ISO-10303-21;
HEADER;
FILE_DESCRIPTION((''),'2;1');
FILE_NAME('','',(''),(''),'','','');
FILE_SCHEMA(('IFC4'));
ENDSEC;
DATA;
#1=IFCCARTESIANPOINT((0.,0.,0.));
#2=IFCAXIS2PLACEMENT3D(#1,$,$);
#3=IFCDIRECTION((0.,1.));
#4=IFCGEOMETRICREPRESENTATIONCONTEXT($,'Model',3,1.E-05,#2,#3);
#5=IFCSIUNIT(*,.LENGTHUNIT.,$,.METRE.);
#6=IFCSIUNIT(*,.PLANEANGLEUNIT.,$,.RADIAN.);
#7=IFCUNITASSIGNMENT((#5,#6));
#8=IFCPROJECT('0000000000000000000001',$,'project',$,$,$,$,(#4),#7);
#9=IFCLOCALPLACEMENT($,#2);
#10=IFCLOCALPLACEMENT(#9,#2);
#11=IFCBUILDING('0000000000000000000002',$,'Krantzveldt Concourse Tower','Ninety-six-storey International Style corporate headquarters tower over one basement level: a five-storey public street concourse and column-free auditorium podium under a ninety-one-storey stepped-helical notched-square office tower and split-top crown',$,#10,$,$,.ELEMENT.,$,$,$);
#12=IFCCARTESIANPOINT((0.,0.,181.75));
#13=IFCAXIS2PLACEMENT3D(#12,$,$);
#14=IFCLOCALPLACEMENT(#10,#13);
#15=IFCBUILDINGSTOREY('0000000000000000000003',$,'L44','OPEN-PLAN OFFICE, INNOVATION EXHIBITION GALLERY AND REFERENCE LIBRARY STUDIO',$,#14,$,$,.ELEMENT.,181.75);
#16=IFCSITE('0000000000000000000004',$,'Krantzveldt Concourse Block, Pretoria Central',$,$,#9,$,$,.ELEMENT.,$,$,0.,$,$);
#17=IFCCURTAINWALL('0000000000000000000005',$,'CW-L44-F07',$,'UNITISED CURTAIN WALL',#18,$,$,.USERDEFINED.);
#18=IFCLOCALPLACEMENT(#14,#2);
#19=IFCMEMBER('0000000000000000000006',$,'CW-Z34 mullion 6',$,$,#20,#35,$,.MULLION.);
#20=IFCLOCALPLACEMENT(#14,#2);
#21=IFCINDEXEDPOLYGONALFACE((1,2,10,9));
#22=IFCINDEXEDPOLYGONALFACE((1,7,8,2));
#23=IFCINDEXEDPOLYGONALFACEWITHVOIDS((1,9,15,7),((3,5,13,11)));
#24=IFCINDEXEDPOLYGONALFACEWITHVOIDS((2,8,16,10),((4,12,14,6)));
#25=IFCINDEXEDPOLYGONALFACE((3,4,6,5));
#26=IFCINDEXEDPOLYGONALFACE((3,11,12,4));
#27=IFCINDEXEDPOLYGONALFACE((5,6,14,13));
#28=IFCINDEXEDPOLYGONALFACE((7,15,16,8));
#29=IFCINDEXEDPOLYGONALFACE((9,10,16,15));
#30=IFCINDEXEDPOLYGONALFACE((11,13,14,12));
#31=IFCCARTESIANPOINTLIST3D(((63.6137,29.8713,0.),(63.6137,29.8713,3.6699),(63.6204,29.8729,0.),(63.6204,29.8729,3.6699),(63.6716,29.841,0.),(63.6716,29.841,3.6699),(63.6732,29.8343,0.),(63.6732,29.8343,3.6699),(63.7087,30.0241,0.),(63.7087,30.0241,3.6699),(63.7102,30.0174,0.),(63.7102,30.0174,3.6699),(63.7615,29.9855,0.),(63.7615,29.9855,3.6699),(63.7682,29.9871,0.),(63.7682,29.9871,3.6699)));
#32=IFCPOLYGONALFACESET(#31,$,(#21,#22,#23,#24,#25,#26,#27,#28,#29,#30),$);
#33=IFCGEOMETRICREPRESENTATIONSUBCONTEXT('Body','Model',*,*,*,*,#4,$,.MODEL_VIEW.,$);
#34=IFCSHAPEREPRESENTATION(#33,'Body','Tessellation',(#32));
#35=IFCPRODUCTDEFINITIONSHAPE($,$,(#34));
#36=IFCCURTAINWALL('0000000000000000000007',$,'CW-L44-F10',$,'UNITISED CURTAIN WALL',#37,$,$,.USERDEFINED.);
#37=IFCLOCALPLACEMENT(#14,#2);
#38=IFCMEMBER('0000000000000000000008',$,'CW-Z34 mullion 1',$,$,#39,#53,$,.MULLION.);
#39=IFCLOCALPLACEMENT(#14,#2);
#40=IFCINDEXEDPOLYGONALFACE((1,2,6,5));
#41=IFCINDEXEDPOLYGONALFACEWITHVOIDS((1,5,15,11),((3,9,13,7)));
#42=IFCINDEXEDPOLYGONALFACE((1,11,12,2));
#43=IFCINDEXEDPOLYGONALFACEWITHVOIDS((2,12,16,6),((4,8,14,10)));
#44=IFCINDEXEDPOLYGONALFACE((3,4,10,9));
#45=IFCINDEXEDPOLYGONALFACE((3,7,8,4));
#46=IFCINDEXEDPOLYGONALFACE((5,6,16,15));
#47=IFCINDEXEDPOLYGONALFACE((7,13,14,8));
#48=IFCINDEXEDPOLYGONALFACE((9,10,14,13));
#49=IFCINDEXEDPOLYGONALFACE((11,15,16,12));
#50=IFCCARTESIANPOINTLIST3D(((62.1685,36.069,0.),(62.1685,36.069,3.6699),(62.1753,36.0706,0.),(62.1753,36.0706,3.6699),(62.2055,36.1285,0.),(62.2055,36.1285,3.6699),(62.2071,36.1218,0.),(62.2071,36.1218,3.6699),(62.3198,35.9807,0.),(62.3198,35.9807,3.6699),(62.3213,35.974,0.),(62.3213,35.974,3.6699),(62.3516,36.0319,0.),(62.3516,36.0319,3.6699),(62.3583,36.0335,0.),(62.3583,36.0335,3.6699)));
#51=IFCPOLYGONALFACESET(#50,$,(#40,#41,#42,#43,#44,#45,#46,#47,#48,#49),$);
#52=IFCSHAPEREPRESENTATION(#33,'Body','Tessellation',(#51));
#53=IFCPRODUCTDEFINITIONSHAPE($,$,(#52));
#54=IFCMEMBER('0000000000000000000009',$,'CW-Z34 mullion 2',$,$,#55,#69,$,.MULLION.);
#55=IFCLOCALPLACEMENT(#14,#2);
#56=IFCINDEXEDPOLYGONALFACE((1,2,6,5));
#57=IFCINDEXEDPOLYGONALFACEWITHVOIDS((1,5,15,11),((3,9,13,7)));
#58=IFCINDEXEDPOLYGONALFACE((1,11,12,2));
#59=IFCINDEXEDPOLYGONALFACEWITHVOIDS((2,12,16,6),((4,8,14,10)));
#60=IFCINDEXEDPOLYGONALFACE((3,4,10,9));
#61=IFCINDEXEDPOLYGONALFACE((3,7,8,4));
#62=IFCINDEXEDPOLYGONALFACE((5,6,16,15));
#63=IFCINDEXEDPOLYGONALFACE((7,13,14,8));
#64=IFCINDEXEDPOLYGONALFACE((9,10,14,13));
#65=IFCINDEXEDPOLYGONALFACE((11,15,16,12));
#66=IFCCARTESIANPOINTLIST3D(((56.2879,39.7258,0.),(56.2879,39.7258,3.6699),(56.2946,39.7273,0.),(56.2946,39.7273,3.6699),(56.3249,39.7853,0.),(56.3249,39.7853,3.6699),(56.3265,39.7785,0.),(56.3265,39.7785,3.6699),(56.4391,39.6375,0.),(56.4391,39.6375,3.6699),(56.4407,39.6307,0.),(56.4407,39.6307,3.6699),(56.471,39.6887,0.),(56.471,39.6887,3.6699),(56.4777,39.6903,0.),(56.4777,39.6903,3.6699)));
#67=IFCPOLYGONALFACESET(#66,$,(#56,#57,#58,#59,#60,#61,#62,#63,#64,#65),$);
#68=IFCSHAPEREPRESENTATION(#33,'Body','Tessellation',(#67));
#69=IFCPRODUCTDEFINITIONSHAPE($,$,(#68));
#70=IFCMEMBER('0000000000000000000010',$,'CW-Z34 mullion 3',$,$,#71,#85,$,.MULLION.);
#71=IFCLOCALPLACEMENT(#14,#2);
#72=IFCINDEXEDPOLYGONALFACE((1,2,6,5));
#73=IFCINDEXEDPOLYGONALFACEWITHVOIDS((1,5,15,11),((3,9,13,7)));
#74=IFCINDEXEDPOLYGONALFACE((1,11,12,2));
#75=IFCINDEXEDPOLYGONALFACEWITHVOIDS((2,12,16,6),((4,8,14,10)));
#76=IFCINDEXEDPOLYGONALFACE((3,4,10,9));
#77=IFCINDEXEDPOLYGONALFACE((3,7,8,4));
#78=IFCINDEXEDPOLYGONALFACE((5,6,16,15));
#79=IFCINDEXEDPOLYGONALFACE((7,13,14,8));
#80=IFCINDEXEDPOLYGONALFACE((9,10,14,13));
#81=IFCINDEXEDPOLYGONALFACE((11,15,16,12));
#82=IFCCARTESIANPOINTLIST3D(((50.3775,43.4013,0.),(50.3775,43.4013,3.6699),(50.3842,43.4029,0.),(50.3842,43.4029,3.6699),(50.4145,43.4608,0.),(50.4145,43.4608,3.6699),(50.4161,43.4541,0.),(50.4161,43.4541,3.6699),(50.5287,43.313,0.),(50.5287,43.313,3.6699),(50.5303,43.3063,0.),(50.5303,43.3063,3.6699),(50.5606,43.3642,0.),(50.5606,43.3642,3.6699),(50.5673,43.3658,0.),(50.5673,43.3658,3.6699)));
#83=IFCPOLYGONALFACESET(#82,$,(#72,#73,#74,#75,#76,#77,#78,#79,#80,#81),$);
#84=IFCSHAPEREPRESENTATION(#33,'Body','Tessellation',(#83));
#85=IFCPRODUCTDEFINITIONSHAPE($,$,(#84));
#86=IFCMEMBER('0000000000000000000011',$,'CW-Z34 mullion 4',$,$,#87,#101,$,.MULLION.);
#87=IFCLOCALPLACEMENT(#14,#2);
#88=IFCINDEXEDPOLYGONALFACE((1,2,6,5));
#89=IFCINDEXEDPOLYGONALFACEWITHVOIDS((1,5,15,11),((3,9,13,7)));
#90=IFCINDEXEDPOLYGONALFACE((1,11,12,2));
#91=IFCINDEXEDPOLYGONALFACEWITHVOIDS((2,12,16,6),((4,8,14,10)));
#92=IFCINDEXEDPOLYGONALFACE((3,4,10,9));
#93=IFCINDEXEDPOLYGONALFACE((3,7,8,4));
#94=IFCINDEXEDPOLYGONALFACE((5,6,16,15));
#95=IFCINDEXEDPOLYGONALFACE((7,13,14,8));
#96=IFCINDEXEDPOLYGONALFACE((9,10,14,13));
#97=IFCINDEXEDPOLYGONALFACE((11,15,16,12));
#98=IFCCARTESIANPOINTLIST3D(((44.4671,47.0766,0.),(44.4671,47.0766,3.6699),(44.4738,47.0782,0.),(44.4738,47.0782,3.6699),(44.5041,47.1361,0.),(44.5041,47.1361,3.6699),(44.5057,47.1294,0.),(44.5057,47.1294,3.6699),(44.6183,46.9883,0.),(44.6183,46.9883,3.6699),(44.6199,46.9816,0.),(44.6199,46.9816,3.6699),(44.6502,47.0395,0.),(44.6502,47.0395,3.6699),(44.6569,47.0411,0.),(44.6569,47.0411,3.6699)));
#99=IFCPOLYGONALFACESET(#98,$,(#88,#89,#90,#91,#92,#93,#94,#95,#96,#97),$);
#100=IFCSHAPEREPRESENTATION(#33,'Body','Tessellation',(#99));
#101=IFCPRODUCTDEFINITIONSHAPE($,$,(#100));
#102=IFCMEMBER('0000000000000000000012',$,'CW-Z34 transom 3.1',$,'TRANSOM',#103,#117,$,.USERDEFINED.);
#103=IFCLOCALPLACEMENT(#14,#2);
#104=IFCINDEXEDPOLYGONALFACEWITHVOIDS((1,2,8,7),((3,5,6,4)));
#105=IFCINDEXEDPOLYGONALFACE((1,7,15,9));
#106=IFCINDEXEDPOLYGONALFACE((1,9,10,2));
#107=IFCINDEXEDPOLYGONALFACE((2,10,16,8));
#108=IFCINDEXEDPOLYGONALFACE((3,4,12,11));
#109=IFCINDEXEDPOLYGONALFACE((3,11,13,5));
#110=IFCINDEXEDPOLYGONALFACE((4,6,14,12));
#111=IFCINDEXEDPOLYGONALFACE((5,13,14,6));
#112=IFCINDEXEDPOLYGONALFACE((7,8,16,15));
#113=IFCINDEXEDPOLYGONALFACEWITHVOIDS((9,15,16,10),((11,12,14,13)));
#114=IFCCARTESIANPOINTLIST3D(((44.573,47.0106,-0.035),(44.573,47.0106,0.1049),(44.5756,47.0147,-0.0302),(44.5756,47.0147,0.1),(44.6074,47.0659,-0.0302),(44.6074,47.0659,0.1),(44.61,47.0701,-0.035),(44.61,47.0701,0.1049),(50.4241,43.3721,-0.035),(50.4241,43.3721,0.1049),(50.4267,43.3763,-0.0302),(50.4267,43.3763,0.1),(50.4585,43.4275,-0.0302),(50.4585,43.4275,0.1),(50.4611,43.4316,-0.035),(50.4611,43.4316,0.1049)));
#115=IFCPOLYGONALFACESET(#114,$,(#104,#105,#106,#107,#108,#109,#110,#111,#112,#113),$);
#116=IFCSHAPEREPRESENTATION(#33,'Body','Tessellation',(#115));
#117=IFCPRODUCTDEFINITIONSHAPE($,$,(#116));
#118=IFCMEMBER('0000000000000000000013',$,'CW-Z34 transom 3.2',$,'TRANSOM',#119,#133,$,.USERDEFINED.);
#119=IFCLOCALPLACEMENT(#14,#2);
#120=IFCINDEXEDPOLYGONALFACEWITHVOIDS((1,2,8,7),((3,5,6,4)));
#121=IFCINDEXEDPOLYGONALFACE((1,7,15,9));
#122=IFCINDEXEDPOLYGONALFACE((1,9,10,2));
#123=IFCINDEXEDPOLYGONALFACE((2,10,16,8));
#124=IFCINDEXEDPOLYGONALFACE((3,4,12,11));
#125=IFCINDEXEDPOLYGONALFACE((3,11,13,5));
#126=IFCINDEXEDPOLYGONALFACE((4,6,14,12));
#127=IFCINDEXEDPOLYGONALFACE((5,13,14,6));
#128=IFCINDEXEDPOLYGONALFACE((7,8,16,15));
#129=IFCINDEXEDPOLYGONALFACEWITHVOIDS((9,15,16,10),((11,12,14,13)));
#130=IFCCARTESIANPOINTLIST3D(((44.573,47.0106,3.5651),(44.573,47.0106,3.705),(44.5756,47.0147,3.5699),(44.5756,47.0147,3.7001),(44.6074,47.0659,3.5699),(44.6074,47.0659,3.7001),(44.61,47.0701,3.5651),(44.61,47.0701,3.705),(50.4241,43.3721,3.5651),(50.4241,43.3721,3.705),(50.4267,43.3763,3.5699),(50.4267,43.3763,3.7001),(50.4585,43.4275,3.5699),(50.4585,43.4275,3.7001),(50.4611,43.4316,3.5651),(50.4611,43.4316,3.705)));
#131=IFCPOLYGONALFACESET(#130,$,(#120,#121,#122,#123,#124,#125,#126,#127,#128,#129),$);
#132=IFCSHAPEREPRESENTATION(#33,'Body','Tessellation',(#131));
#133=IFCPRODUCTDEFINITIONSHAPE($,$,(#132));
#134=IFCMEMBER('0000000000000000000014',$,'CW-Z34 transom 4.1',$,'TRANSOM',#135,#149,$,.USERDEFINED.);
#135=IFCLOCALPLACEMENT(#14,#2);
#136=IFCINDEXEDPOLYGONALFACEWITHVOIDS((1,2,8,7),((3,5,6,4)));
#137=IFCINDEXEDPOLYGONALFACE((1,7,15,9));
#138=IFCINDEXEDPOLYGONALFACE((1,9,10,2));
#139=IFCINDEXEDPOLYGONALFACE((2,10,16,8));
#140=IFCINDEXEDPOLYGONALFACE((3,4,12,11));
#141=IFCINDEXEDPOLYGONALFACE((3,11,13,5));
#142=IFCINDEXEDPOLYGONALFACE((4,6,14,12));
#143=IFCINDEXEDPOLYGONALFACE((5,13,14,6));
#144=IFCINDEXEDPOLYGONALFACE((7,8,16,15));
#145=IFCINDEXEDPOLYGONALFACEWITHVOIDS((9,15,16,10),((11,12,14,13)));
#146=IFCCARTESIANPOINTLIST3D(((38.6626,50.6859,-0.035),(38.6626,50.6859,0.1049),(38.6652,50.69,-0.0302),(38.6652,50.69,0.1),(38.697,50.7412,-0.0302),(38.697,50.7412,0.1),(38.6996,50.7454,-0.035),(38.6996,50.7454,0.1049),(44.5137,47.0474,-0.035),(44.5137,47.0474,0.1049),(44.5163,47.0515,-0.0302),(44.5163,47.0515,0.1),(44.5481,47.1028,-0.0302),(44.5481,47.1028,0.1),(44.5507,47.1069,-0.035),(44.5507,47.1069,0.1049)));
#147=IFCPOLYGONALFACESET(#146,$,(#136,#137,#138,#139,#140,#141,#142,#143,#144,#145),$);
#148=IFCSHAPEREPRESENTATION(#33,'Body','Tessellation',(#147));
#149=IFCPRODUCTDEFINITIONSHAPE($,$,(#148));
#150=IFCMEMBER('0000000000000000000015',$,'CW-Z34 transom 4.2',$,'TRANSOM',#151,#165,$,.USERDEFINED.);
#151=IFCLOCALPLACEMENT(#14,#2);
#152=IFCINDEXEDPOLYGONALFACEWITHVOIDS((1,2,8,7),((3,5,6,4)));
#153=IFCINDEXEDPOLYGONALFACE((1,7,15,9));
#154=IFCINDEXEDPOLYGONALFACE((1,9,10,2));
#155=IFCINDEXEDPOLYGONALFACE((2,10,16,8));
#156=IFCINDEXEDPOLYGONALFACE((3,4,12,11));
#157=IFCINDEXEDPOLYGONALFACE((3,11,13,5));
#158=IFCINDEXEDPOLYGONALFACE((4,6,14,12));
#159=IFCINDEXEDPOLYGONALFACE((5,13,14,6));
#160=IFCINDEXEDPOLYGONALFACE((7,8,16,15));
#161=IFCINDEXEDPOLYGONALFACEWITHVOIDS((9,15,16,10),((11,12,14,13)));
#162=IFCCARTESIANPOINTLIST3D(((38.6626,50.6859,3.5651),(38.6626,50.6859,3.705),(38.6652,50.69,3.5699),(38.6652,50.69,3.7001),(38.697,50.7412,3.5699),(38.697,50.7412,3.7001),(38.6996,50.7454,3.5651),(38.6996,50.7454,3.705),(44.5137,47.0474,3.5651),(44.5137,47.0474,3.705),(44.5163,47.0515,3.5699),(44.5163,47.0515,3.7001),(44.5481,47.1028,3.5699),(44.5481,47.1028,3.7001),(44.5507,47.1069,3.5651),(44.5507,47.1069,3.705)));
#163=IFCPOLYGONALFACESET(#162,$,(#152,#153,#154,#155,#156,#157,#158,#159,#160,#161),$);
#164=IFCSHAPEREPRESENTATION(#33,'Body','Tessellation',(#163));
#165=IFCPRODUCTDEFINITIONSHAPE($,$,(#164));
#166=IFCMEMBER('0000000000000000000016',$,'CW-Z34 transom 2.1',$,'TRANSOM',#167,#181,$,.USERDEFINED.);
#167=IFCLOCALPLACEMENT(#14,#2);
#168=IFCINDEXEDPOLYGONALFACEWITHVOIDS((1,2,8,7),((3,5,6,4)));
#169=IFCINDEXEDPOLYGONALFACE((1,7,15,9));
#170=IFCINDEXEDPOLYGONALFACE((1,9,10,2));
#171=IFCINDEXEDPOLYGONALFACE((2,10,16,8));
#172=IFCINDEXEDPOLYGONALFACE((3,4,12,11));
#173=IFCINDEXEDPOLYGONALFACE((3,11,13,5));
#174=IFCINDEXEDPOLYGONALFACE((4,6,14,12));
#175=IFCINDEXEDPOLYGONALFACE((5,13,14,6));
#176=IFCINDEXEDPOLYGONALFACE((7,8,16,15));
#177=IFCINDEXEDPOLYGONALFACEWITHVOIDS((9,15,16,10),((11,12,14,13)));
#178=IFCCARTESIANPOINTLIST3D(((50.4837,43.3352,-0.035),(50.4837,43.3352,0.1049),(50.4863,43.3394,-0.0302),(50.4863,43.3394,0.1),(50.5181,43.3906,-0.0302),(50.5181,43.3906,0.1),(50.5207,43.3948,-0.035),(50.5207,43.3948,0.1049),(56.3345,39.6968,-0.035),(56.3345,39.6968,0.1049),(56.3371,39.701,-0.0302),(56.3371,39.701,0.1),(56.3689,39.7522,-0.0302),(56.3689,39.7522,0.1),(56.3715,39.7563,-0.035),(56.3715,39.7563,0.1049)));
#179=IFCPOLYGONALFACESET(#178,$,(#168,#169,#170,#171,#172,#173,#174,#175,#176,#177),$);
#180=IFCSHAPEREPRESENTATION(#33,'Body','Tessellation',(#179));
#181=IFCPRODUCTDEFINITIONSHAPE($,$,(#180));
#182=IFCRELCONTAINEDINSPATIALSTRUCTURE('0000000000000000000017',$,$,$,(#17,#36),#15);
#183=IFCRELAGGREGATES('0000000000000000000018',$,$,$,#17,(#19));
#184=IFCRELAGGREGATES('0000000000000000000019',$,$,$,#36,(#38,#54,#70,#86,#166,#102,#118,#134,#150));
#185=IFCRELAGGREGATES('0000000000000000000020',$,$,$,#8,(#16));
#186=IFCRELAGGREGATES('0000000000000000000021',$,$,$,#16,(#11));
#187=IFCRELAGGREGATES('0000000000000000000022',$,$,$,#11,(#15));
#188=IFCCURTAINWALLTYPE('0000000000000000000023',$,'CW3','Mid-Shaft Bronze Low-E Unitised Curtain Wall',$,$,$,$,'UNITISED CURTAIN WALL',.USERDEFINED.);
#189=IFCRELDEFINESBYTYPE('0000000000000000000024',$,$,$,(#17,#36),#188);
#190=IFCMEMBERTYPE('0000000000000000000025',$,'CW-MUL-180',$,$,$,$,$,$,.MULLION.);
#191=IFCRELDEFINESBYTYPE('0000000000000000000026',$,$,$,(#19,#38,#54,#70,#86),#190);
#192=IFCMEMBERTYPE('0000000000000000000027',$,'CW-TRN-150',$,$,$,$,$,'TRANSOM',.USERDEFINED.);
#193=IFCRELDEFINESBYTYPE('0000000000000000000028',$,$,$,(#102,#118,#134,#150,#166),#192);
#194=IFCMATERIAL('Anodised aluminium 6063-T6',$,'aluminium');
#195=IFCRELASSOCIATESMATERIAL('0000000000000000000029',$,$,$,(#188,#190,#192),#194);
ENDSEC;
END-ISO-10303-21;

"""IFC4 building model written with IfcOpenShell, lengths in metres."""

from ifc_helpers import new_model, si_unit, direction, frame, origin, origin_2d, place, context, subcontext, project, spatial, hollow_rectangle, extrude, source, transform, mapped, material, material_profile, profile_set, type_object, type_shapes, element, aggregate, save


model = new_model("IFC4")

# Units and contexts
model_context = context("Model", 3, precision=1e-05, world=origin(), true_north=direction((0.0, 1.0)))
body_context = subcontext(model_context, "Body", "Model", "MODEL_VIEW")
ifc_project = project(units=[si_unit("LENGTHUNIT", "METRE"), si_unit("PLANEANGLEUNIT", "RADIAN")], contexts=[model_context])

# Site, building, storey
site_placement = place(None, origin())
site = spatial("IfcSite", under=ifc_project, at=site_placement, Name="Krantzveldt Concourse Block, Pretoria Central", CompositionType="ELEMENT", RefElevation=0.0)
building_placement = place(site_placement, origin())
building = spatial("IfcBuilding", under=site, at=building_placement, Name="Krantzveldt Concourse Tower", Description="Ninety-six-storey International Style corporate headquarters tower over one basement level: a five-storey public street concourse and column-free auditorium podium under a ninety-one-storey stepped-helical notched-square office tower and split-top crown", CompositionType="ELEMENT")
storey_placement = place(building_placement, frame((0.0, 0.0, 181.75)))
storey = spatial("IfcBuildingStorey", under=building, at=storey_placement, Name="L44", Description="OPEN-PLAN OFFICE, INNOVATION EXHIBITION GALLERY AND REFERENCE LIBRARY STUDIO", CompositionType="ELEMENT", Elevation=181.75)

# Curtain wall, member
ifc_material_1 = material(Name="Anodised aluminium 6063-T6", Category="aluminium")
curtain_wall_type = type_object("IfcCurtainWallType", Name="CW3", Description="Mid-Shaft Bronze Low-E Unitised Curtain Wall", ElementType="UNITISED CURTAIN WALL", PredefinedType="USERDEFINED", material=ifc_material_1)
curtain_wall_1_placement = place(storey_placement, origin())
curtain_wall_1 = element("IfcCurtainWall", 1, at=curtain_wall_1_placement, inside=storey, type_object=curtain_wall_type, Name="CW-L44-F07", ObjectType="UNITISED CURTAIN WALL", PredefinedType="USERDEFINED")
ifc_material_profile_1 = material_profile(ifc_material_1, hollow_rectangle(XDim=0.0701, YDim=0.1799, WallThickness=0.0049, at=origin_2d()), Name="Anodised aluminium 6063-T6", Category="aluminium")
ifc_profile_set_1 = profile_set([ifc_material_profile_1], Name="Anodised aluminium 6063-T6 - ALU-MULL 180x70x5")
member_type_1 = type_object("IfcMemberType", Name="CW-MUL-180", PredefinedType="MULLION", material=ifc_profile_set_1)
shared_shape_1 = source(origin(), body_context, "Body", "SweptSolid", [
    extrude(hollow_rectangle(XDim=0.0701, YDim=0.1799, WallThickness=0.0049, at=origin_2d()), origin(), (0.0, 0.0, 1.0), 3.6699),
])
type_shapes(member_type_1, [shared_shape_1])
member_1_placement = place(storey_placement, frame((63.6909, 29.9292, 0.0), z_axis=(0.0, 0.0, 1.0), x_axis=(-0.849202, 0.528068, 0.0)))
member_1 = element("IfcMember", 2, at=member_1_placement, type_object=member_type_1, Name="CW-Z34 mullion 6", PredefinedType="MULLION", context=body_context, shape_type="MappedRepresentation", body=[
    mapped(shared_shape_1, transform((0.0, 0.0, 0.0), x_axis=(1.0, 0.0, 0.0), y_axis=(0.0, 1.0, 0.0), z_axis=(0.0, 0.0, 1.0), scale=1.0)),
])

# Curtain wall, members
curtain_wall_2_placement = place(storey_placement, origin())
curtain_wall_2 = element("IfcCurtainWall", 3, at=curtain_wall_2_placement, inside=storey, type_object=curtain_wall_type, Name="CW-L44-F10", ObjectType="UNITISED CURTAIN WALL", PredefinedType="USERDEFINED")
member_2_placement = place(storey_placement, frame((62.2634, 36.0513, 0.0), z_axis=(0.0, 0.0, 1.0), x_axis=(-0.528068, -0.849202, 0.0)))
member_2 = element("IfcMember", 4, at=member_2_placement, type_object=member_type_1, Name="CW-Z34 mullion 1", PredefinedType="MULLION", context=body_context, shape_type="MappedRepresentation", body=[
    mapped(shared_shape_1, transform((0.0, 0.0, 0.0), x_axis=(1.0, 0.0, 0.0), y_axis=(0.0, 1.0, 0.0), z_axis=(0.0, 0.0, 1.0), scale=1.0)),
])
member_3_placement = place(storey_placement, frame((56.3828, 39.708, 0.0), z_axis=(0.0, 0.0, 1.0), x_axis=(-0.528068, -0.849202, 0.0)))
member_3 = element("IfcMember", 5, at=member_3_placement, type_object=member_type_1, Name="CW-Z34 mullion 2", PredefinedType="MULLION", context=body_context, shape_type="MappedRepresentation", body=[
    mapped(shared_shape_1, transform((0.0, 0.0, 0.0), x_axis=(1.0, 0.0, 0.0), y_axis=(0.0, 1.0, 0.0), z_axis=(0.0, 0.0, 1.0), scale=1.0)),
])
member_4_placement = place(storey_placement, frame((50.4724, 43.3835, 0.0), z_axis=(0.0, 0.0, 1.0), x_axis=(-0.528068, -0.849202, 0.0)))
member_4 = element("IfcMember", 6, at=member_4_placement, type_object=member_type_1, Name="CW-Z34 mullion 3", PredefinedType="MULLION", context=body_context, shape_type="MappedRepresentation", body=[
    mapped(shared_shape_1, transform((0.0, 0.0, 0.0), x_axis=(1.0, 0.0, 0.0), y_axis=(0.0, 1.0, 0.0), z_axis=(0.0, 0.0, 1.0), scale=1.0)),
])
member_5_placement = place(storey_placement, frame((44.562, 47.0588, 0.0), z_axis=(0.0, 0.0, 1.0), x_axis=(-0.528068, -0.849202, 0.0)))
member_5 = element("IfcMember", 7, at=member_5_placement, type_object=member_type_1, Name="CW-Z34 mullion 4", PredefinedType="MULLION", context=body_context, shape_type="MappedRepresentation", body=[
    mapped(shared_shape_1, transform((0.0, 0.0, 0.0), x_axis=(1.0, 0.0, 0.0), y_axis=(0.0, 1.0, 0.0), z_axis=(0.0, 0.0, 1.0), scale=1.0)),
])
ifc_material_profile_2 = material_profile(ifc_material_1, hollow_rectangle(XDim=0.0701, YDim=0.1399, WallThickness=0.0049, at=origin_2d()), Name="Anodised aluminium 6063-T6", Category="aluminium")
ifc_profile_set_2 = profile_set([ifc_material_profile_2], Name="Anodised aluminium 6063-T6 - ALU-TRAN 140x70x5")
member_type_2 = type_object("IfcMemberType", Name="CW-TRN-150", ElementType="TRANSOM", PredefinedType="USERDEFINED", material=ifc_profile_set_2)
shared_shape_2 = source(origin(), body_context, "Body", "SweptSolid", [
    extrude(hollow_rectangle(XDim=0.0701, YDim=0.1399, WallThickness=0.0049, at=origin_2d()), origin(), (0.0, 0.0, 1.0), 6.8901),
])
member_6_placement = place(storey_placement, frame((50.4426, 43.4019, 0.0349), z_axis=(-0.849202, 0.528067, 0.0), x_axis=(-0.528067, -0.849202, 0.0)))
member_6 = element("IfcMember", 8, at=member_6_placement, type_object=member_type_2, Name="CW-Z34 transom 3.1", ObjectType="TRANSOM", PredefinedType="USERDEFINED", context=body_context, shape_type="MappedRepresentation", body=[
    mapped(shared_shape_2, transform((0.0, 0.0, 0.0), x_axis=(1.0, 0.0, 0.0), y_axis=(0.0, 1.0, 0.0), z_axis=(0.0, 0.0, 1.0), scale=1.0)),
])
member_7_placement = place(storey_placement, frame((50.4426, 43.4019, 3.635), z_axis=(-0.849202, 0.528067, 0.0), x_axis=(-0.528067, -0.849202, 0.0)))
member_7 = element("IfcMember", 9, at=member_7_placement, type_object=member_type_2, Name="CW-Z34 transom 3.2", ObjectType="TRANSOM", PredefinedType="USERDEFINED", context=body_context, shape_type="MappedRepresentation", body=[
    mapped(shared_shape_2, transform((0.0, 0.0, 0.0), x_axis=(1.0, 0.0, 0.0), y_axis=(0.0, 1.0, 0.0), z_axis=(0.0, 0.0, 1.0), scale=1.0)),
])
member_8_placement = place(storey_placement, frame((44.5322, 47.0771, 0.0349), z_axis=(-0.849202, 0.528067, 0.0), x_axis=(-0.528067, -0.849202, 0.0)))
member_8 = element("IfcMember", 10, at=member_8_placement, type_object=member_type_2, Name="CW-Z34 transom 4.1", ObjectType="TRANSOM", PredefinedType="USERDEFINED", context=body_context, shape_type="MappedRepresentation", body=[
    mapped(shared_shape_2, transform((0.0, 0.0, 0.0), x_axis=(1.0, 0.0, 0.0), y_axis=(0.0, 1.0, 0.0), z_axis=(0.0, 0.0, 1.0), scale=1.0)),
])
member_9_placement = place(storey_placement, frame((44.5322, 47.0771, 3.635), z_axis=(-0.849202, 0.528067, 0.0), x_axis=(-0.528067, -0.849202, 0.0)))
member_9 = element("IfcMember", 11, at=member_9_placement, type_object=member_type_2, Name="CW-Z34 transom 4.2", ObjectType="TRANSOM", PredefinedType="USERDEFINED", context=body_context, shape_type="MappedRepresentation", body=[
    mapped(shared_shape_2, transform((0.0, 0.0, 0.0), x_axis=(1.0, 0.0, 0.0), y_axis=(0.0, 1.0, 0.0), z_axis=(0.0, 0.0, 1.0), scale=1.0)),
])
shared_shape_3 = source(origin(), body_context, "Body", "SweptSolid", [
    extrude(hollow_rectangle(XDim=0.0701, YDim=0.1399, WallThickness=0.0049, at=origin_2d()), origin(), (0.0, 0.0, 1.0), 6.8899),
])
member_10_placement = place(storey_placement, frame((56.353, 39.7266, 0.0349), z_axis=(-0.849193, 0.528083, 0.0), x_axis=(-0.528083, -0.849193, 0.0)))
member_10 = element("IfcMember", 12, at=member_10_placement, type_object=member_type_2, Name="CW-Z34 transom 2.1", ObjectType="TRANSOM", PredefinedType="USERDEFINED", context=body_context, shape_type="MappedRepresentation", body=[
    mapped(shared_shape_3, transform((0.0, 0.0, 0.0), x_axis=(1.0, 0.0, 0.0), y_axis=(0.0, 1.0, 0.0), z_axis=(0.0, 0.0, 1.0), scale=1.0)),
])

aggregate(curtain_wall_1, [member_1])
aggregate(curtain_wall_2, [member_2, member_3, member_4, member_5, member_10, member_6, member_7, member_8, member_9])

save(model, "model.ifc")
